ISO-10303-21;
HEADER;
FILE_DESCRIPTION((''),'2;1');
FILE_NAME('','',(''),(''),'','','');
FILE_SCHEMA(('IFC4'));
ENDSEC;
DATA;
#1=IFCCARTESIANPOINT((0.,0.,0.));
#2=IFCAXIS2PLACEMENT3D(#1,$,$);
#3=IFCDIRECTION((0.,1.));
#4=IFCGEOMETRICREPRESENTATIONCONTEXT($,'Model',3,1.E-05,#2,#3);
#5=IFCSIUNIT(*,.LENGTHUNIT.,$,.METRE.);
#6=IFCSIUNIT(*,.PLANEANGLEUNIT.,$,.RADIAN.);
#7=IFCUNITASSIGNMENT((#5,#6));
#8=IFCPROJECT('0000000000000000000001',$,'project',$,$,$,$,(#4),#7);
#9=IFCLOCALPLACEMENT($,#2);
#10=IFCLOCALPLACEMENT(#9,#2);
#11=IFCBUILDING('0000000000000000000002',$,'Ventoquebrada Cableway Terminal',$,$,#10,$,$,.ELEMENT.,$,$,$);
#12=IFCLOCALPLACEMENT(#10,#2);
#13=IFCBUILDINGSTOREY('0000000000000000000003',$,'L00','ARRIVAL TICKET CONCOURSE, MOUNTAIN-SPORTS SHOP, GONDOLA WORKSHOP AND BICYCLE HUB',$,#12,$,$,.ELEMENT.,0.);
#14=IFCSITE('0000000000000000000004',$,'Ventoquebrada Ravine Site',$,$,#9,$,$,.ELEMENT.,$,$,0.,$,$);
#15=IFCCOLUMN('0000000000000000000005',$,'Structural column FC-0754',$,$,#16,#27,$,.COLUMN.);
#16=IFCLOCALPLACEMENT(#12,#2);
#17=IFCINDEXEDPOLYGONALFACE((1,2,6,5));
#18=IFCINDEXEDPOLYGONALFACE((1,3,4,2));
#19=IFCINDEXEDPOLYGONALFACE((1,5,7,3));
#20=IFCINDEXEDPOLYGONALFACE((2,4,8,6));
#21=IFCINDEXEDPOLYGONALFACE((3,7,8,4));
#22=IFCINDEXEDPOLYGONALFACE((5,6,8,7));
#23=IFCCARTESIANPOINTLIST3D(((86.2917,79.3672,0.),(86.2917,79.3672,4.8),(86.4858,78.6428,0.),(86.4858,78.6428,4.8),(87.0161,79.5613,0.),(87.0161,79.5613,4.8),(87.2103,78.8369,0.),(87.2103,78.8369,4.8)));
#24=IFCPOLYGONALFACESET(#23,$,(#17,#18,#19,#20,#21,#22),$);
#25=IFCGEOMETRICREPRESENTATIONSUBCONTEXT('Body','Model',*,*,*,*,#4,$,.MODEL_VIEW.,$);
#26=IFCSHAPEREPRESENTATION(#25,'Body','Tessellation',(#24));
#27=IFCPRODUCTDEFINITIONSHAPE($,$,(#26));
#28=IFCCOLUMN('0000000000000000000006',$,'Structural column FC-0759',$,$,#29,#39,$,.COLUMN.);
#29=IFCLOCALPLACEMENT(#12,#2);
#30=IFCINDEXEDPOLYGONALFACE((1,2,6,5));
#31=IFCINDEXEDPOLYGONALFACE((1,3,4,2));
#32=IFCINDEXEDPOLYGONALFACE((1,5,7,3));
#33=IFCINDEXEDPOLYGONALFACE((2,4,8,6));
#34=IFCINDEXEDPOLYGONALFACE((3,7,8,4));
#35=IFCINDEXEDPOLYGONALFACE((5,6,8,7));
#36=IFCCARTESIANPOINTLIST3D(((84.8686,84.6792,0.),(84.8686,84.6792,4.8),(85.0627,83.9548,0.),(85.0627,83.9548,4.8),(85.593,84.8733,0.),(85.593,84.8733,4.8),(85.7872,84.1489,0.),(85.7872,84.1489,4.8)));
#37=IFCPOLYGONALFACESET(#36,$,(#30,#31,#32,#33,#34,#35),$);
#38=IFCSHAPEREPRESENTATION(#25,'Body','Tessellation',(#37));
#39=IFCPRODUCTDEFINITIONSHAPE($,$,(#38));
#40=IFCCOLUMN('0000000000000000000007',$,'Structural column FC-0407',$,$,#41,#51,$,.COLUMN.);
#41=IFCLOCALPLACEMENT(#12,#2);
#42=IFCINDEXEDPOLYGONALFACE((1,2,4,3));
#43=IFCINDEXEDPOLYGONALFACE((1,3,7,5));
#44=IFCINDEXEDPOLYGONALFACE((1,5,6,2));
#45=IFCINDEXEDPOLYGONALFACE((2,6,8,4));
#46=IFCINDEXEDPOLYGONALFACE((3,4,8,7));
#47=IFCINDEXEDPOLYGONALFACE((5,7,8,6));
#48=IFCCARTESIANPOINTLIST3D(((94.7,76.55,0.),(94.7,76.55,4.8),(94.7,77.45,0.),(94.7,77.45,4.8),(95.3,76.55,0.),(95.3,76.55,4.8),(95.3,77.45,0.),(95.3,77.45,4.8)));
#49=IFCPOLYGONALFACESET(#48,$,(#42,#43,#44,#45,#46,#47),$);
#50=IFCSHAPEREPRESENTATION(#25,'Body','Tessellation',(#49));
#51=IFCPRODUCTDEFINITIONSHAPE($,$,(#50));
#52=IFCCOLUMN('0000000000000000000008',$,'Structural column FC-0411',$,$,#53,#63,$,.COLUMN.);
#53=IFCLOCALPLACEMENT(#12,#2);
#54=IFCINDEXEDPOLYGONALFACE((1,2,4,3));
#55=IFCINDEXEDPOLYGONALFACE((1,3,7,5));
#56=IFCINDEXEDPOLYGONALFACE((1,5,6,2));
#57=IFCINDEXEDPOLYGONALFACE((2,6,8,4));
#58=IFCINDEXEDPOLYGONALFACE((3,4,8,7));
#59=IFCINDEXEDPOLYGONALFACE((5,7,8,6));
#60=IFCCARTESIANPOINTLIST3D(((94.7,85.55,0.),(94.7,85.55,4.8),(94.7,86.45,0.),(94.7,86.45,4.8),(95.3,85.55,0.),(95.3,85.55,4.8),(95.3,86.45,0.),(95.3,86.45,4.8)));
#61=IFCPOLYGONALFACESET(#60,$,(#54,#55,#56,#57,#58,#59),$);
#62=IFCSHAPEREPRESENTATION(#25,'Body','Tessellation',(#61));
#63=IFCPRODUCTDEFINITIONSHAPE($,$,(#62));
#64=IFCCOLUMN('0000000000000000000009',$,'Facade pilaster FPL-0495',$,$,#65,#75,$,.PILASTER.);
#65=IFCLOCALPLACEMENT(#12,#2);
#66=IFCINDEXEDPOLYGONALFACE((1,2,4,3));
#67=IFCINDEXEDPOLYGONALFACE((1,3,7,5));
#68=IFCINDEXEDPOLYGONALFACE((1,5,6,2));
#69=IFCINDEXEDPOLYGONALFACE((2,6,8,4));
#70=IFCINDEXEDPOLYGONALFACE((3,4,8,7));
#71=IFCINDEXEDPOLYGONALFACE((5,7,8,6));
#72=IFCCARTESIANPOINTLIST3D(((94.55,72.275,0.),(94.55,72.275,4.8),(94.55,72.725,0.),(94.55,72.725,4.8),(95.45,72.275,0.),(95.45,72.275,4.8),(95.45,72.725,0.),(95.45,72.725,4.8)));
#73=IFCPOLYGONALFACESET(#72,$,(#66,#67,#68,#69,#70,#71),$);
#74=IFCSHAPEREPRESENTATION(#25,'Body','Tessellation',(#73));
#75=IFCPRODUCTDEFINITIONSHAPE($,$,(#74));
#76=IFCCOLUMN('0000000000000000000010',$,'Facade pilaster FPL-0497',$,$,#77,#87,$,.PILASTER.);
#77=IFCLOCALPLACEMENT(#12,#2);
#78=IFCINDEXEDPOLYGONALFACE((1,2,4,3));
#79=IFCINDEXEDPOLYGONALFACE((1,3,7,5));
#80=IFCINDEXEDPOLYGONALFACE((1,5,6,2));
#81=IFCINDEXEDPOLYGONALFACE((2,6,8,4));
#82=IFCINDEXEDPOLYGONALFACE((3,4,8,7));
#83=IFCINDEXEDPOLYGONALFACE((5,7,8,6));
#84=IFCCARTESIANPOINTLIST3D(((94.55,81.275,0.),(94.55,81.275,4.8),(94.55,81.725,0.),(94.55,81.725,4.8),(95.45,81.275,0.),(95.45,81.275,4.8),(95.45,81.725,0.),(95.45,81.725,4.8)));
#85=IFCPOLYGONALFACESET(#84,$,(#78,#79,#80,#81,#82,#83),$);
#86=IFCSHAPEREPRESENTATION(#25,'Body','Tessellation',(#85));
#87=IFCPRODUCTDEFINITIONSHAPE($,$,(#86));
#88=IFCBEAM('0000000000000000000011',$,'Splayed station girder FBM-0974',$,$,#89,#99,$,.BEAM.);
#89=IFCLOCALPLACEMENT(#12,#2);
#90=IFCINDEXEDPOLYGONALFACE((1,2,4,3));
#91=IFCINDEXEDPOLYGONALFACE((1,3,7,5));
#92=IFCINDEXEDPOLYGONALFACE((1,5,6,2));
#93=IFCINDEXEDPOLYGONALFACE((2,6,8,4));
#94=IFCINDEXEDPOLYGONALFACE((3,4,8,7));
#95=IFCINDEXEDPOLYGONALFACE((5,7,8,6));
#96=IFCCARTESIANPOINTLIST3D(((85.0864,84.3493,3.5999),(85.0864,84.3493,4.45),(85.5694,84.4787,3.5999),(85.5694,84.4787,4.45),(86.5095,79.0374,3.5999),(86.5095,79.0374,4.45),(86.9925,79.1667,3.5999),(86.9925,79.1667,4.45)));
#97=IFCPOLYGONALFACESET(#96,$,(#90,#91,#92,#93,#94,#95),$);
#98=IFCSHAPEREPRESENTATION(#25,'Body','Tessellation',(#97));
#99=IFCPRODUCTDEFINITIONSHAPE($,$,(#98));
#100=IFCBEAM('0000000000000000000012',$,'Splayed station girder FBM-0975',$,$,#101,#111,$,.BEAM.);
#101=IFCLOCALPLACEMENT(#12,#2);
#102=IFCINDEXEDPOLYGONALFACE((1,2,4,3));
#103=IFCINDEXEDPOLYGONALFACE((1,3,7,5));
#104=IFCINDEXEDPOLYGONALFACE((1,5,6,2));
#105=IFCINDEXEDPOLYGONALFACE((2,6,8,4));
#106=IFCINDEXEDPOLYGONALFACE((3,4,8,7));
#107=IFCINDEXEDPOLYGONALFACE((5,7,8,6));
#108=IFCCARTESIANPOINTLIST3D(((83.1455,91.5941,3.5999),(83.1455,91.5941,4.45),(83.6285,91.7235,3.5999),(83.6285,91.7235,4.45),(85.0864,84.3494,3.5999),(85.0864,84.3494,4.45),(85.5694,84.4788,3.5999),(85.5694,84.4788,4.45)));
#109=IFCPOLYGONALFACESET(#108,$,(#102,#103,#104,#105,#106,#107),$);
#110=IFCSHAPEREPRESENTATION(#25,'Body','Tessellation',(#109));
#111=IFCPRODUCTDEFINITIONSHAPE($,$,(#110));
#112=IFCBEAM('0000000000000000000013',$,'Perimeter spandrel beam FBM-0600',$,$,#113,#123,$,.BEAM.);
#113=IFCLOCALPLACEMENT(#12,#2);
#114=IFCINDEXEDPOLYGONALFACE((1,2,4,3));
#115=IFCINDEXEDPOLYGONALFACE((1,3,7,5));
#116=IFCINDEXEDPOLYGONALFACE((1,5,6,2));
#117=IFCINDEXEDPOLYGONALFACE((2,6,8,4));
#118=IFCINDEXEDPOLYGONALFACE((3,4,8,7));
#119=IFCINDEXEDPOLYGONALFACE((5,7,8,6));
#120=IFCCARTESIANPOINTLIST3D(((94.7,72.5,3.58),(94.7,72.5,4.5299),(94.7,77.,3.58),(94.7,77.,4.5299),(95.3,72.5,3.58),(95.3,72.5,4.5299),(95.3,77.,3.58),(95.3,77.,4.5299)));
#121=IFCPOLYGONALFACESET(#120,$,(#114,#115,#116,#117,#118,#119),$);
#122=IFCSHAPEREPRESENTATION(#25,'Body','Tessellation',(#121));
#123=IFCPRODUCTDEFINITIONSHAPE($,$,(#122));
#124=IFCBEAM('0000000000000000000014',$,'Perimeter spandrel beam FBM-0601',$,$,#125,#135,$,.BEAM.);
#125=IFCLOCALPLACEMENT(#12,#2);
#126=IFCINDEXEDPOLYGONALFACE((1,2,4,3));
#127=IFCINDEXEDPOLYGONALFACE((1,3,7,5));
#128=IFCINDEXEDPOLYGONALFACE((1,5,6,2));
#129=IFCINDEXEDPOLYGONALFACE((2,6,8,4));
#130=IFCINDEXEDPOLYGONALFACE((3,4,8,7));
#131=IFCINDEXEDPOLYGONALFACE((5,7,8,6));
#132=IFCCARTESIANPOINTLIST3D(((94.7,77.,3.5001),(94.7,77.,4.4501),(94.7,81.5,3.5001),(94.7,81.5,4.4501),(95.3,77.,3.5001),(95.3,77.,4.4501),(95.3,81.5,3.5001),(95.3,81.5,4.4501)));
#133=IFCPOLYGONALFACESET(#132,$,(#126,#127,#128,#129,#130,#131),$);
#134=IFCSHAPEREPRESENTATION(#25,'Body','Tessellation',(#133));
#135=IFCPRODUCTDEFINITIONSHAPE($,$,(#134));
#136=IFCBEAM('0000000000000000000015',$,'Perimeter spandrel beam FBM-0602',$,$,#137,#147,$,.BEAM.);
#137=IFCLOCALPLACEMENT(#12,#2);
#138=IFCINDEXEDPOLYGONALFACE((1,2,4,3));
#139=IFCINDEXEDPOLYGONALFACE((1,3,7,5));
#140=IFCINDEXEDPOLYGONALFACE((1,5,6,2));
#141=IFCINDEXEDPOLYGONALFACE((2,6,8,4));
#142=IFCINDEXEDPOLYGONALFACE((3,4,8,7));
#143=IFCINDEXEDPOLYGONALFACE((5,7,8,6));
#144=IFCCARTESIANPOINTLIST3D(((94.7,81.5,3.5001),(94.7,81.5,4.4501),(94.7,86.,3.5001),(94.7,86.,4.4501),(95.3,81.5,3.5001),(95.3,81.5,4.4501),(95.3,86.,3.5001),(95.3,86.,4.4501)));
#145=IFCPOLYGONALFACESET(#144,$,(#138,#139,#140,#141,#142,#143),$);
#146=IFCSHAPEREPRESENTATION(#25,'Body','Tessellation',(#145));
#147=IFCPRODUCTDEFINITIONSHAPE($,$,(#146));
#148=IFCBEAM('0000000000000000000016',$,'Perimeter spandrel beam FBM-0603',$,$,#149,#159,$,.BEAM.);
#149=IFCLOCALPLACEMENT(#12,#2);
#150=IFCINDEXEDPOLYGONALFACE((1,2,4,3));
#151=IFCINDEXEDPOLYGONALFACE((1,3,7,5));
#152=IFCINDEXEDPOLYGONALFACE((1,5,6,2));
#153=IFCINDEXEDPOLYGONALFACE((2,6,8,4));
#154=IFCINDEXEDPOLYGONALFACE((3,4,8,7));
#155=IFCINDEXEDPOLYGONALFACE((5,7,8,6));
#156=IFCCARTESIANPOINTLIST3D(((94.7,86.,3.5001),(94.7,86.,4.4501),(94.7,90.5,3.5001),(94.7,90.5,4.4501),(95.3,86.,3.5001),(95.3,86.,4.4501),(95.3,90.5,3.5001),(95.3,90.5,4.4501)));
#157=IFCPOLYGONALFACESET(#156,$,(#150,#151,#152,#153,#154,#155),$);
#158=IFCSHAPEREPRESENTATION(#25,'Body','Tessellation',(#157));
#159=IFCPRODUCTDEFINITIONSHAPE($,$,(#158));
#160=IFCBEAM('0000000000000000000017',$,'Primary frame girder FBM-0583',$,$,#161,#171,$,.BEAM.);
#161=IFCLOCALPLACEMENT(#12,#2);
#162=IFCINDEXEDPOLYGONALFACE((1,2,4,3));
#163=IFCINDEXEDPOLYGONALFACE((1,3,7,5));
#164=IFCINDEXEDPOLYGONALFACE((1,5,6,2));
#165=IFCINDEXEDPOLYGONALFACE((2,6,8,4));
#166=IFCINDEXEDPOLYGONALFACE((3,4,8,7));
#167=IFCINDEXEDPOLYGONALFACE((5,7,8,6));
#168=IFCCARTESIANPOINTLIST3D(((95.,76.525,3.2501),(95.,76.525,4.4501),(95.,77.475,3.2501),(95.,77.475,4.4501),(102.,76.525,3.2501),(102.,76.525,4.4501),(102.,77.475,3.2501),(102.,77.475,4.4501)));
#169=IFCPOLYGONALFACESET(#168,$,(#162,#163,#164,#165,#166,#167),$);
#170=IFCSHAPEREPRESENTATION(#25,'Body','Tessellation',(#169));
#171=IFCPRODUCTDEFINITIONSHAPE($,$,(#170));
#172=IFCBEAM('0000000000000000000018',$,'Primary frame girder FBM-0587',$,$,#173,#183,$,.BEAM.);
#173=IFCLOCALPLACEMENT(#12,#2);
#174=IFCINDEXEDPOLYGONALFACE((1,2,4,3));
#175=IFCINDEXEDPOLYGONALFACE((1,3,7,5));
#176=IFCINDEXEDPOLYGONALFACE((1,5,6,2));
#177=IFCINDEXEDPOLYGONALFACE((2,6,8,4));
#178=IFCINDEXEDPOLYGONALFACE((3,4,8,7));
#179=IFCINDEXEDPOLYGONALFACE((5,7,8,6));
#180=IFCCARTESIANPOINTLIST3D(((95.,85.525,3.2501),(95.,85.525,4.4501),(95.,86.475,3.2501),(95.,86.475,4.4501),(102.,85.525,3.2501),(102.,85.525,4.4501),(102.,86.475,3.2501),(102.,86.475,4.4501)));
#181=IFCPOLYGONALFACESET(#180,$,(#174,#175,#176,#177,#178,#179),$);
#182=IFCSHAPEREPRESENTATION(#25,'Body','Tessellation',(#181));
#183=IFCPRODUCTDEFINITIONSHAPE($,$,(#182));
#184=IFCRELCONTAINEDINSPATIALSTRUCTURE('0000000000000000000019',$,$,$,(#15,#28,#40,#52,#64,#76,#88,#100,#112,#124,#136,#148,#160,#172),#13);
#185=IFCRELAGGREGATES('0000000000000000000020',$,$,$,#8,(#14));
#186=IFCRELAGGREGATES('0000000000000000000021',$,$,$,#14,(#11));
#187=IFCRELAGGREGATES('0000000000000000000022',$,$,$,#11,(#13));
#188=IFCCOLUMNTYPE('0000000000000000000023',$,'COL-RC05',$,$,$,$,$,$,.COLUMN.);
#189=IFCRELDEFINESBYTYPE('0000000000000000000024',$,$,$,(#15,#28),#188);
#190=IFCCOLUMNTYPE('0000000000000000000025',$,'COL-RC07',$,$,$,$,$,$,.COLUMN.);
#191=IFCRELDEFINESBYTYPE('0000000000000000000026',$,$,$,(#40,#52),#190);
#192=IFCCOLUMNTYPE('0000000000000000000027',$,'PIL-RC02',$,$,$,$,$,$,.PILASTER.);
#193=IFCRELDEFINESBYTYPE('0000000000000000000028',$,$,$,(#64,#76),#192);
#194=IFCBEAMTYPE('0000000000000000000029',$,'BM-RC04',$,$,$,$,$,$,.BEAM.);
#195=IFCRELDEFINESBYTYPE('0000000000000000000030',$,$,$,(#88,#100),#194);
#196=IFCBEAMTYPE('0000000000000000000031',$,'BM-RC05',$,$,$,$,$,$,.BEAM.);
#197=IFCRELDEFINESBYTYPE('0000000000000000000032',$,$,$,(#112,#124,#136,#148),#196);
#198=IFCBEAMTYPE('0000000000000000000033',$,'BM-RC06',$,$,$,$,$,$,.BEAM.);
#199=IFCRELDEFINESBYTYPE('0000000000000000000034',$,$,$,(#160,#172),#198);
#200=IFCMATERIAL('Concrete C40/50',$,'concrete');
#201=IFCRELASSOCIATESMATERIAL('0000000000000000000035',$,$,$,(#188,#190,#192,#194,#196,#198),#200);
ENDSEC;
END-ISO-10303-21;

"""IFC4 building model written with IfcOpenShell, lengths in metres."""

from ifc_helpers import new_model, si_unit, direction, frame, origin, origin_2d, place, context, subcontext, project, spatial, rectangle, extrude, material, material_profile, profile_set, type_object, element, save


model = new_model("IFC4")

# Units and contexts
model_context = context("Model", 3, precision=1e-05, world=origin(), true_north=direction((0.0, 1.0)))
body_context = subcontext(model_context, "Body", "Model", "MODEL_VIEW")
ifc_project = project(units=[si_unit("LENGTHUNIT", "METRE"), si_unit("PLANEANGLEUNIT", "RADIAN")], contexts=[model_context])

# Site, building, storey
site_placement = place(None, origin())
site = spatial("IfcSite", under=ifc_project, at=site_placement, Name="Ventoquebrada Ravine Site", CompositionType="ELEMENT", RefElevation=0.0)
building_placement = place(site_placement, origin())
building = spatial("IfcBuilding", under=site, at=building_placement, Name="Ventoquebrada Cableway Terminal", CompositionType="ELEMENT")
storey_placement = place(building_placement, origin())
storey = spatial("IfcBuildingStorey", under=building, at=storey_placement, Name="L00", Description="ARRIVAL TICKET CONCOURSE, MOUNTAIN-SPORTS SHOP, GONDOLA WORKSHOP AND BICYCLE HUB", CompositionType="ELEMENT", Elevation=0.0)

# Columns
ifc_material_1 = material(Name="Concrete C40/50", Category="concrete")
ifc_material_profile_1 = material_profile(ifc_material_1, rectangle(XDim=0.75, YDim=0.75, at=origin_2d()), Name="RC-COL-750X750")
ifc_profile_set_1 = profile_set([ifc_material_profile_1], Name="Concrete C40/50")
column_type_1 = type_object("IfcColumnType", Name="COL-RC05", PredefinedType="COLUMN", material=ifc_profile_set_1)
for number, where, z_axis, x_axis, name in (
    (1, (86.751, 79.1021, 0.0), (0.0, 0.0, 1.0), (0.965926, 0.258819, 0.0), "Structural column FC-0754"),
    (2, (85.3279, 84.4141, 0.0), (0.0, 0.0, 1.0), (0.965926, 0.258819, 0.0), "Structural column FC-0759"),
):
    element("IfcColumn", number, at=place(storey_placement, frame(where, z_axis=z_axis, x_axis=x_axis)), inside=storey, type_object=column_type_1, Name=name, PredefinedType="COLUMN", context=body_context, shape_type="SweptSolid", body=[
        extrude(rectangle(XDim=0.75, YDim=0.75, at=origin_2d()), origin(), (0.0, 0.0, 1.0), 4.8),
    ])
ifc_material_profile_2 = material_profile(ifc_material_1, rectangle(XDim=0.6001, YDim=0.8999, at=origin_2d()), Name="RC-COL-900X600")
ifc_profile_set_2 = profile_set([ifc_material_profile_2], Name="Concrete C40/50")
column_type_2 = type_object("IfcColumnType", Name="COL-RC07", PredefinedType="COLUMN", material=ifc_profile_set_2)
for number, where, z_axis, x_axis, name in (
    (3, (95.0, 77.0, 0.0), (0.0, 0.0, 1.0), (1.0, 0.0, 0.0), "Structural column FC-0407"),
    (4, (95.0, 86.0, 0.0), (0.0, 0.0, 1.0), (1.0, 0.0, 0.0), "Structural column FC-0411"),
):
    element("IfcColumn", number, at=place(storey_placement, frame(where, z_axis=z_axis, x_axis=x_axis)), inside=storey, type_object=column_type_2, Name=name, PredefinedType="COLUMN", context=body_context, shape_type="SweptSolid", body=[
        extrude(rectangle(XDim=0.6001, YDim=0.8999, at=origin_2d()), origin(), (0.0, 0.0, 1.0), 4.8),
    ])
ifc_material_profile_3 = material_profile(ifc_material_1, rectangle(XDim=0.45, YDim=0.8999, at=origin_2d()), Name="RC-PIL-450X900")
ifc_profile_set_3 = profile_set([ifc_material_profile_3], Name="Concrete C40/50")
column_type_3 = type_object("IfcColumnType", Name="PIL-RC02", PredefinedType="PILASTER", material=ifc_profile_set_3)
for number, where, z_axis, x_axis, name in (
    (5, (95.0, 72.5, 0.0), (0.0, 0.0, 1.0), (0.0, 1.0, 0.0), "Facade pilaster FPL-0495"),
    (6, (95.0, 81.5, 0.0), (0.0, 0.0, 1.0), (0.0, 1.0, 0.0), "Facade pilaster FPL-0497"),
):
    element("IfcColumn", number, at=place(storey_placement, frame(where, z_axis=z_axis, x_axis=x_axis)), inside=storey, type_object=column_type_3, Name=name, PredefinedType="PILASTER", context=body_context, shape_type="SweptSolid", body=[
        extrude(rectangle(XDim=0.45, YDim=0.8999, at=origin_2d()), origin(), (0.0, 0.0, 1.0), 4.8),
    ])

# Beams
ifc_material_profile_4 = material_profile(ifc_material_1, rectangle(XDim=0.5, YDim=0.8501, at=origin_2d()), Name="RC-BM-500X850")
ifc_profile_set_4 = profile_set([ifc_material_profile_4], Name="Concrete C40/50")
beam_type_1 = type_object("IfcBeamType", Name="BM-RC04", PredefinedType="BEAM", material=ifc_profile_set_4)
beam_1_placement = place(storey_placement, frame((86.751, 79.1021, 4.0249), z_axis=(-0.258776, 0.965937, 0.0), x_axis=(-0.965937, -0.258776, 0.0)))
element("IfcBeam", 7, at=beam_1_placement, inside=storey, type_object=beam_type_1, Name="Splayed station girder FBM-0974", PredefinedType="BEAM", context=body_context, shape_type="SweptSolid", body=[
    extrude(rectangle(XDim=0.5, YDim=0.8501, at=origin_2d()), origin(), (0.0, 0.0, 1.0), 5.4993),
])
beam_2_placement = place(storey_placement, frame((85.3279, 84.4141, 4.0249), z_axis=(-0.258777, 0.965937, 0.0), x_axis=(-0.965937, -0.258777, 0.0)))
element("IfcBeam", 8, at=beam_2_placement, inside=storey, type_object=beam_type_1, Name="Splayed station girder FBM-0975", PredefinedType="BEAM", context=body_context, shape_type="SweptSolid", body=[
    extrude(rectangle(XDim=0.5, YDim=0.8501, at=origin_2d()), origin(), (0.0, 0.0, 1.0), 7.5002),
])
ifc_material_profile_5 = material_profile(ifc_material_1, rectangle(XDim=0.6001, YDim=0.95, at=origin_2d()), Name="RC-BM-600X950")
ifc_profile_set_5 = profile_set([ifc_material_profile_5], Name="Concrete C40/50")
beam_type_2 = type_object("IfcBeamType", Name="BM-RC05", PredefinedType="BEAM", material=ifc_profile_set_5)
for number, where, z_axis, x_axis, name in (
    (9, (95.0, 72.5, 4.0549), (0.0, 1.0, 0.0), (-1.0, 0.0, 0.0), "Perimeter spandrel beam FBM-0600"),
    (10, (95.0, 77.0, 3.9751), (0.0, 1.0, 0.0), (-1.0, 0.0, 0.0), "Perimeter spandrel beam FBM-0601"),
    (11, (95.0, 81.5, 3.9751), (0.0, 1.0, 0.0), (-1.0, 0.0, 0.0), "Perimeter spandrel beam FBM-0602"),
    (12, (95.0, 86.0, 3.9751), (0.0, 1.0, 0.0), (-1.0, 0.0, 0.0), "Perimeter spandrel beam FBM-0603"),
):
    element("IfcBeam", number, at=place(storey_placement, frame(where, z_axis=z_axis, x_axis=x_axis)), inside=storey, type_object=beam_type_2, Name=name, PredefinedType="BEAM", context=body_context, shape_type="SweptSolid", body=[
        extrude(rectangle(XDim=0.6001, YDim=0.95, at=origin_2d()), origin(), (0.0, 0.0, 1.0), 4.5),
    ])
ifc_material_profile_6 = material_profile(ifc_material_1, rectangle(XDim=0.95, YDim=1.2, at=origin_2d()), Name="RC-BM-950X1200")
ifc_profile_set_6 = profile_set([ifc_material_profile_6], Name="Concrete C40/50")
beam_type_3 = type_object("IfcBeamType", Name="BM-RC06", PredefinedType="BEAM", material=ifc_profile_set_6)
for number, where, z_axis, x_axis, name in (
    (13, (95.0, 77.0, 3.8501), (1.0, 0.0, 0.0), (0.0, 1.0, 0.0), "Primary frame girder FBM-0583"),
    (14, (95.0, 86.0, 3.8501), (1.0, 0.0, 0.0), (0.0, 1.0, 0.0), "Primary frame girder FBM-0587"),
):
    element("IfcBeam", number, at=place(storey_placement, frame(where, z_axis=z_axis, x_axis=x_axis)), inside=storey, type_object=beam_type_3, Name=name, PredefinedType="BEAM", context=body_context, shape_type="SweptSolid", body=[
        extrude(rectangle(XDim=0.95, YDim=1.2, at=origin_2d()), origin(), (0.0, 0.0, 1.0), 7.0),
    ])

save(model, "model.ifc")
